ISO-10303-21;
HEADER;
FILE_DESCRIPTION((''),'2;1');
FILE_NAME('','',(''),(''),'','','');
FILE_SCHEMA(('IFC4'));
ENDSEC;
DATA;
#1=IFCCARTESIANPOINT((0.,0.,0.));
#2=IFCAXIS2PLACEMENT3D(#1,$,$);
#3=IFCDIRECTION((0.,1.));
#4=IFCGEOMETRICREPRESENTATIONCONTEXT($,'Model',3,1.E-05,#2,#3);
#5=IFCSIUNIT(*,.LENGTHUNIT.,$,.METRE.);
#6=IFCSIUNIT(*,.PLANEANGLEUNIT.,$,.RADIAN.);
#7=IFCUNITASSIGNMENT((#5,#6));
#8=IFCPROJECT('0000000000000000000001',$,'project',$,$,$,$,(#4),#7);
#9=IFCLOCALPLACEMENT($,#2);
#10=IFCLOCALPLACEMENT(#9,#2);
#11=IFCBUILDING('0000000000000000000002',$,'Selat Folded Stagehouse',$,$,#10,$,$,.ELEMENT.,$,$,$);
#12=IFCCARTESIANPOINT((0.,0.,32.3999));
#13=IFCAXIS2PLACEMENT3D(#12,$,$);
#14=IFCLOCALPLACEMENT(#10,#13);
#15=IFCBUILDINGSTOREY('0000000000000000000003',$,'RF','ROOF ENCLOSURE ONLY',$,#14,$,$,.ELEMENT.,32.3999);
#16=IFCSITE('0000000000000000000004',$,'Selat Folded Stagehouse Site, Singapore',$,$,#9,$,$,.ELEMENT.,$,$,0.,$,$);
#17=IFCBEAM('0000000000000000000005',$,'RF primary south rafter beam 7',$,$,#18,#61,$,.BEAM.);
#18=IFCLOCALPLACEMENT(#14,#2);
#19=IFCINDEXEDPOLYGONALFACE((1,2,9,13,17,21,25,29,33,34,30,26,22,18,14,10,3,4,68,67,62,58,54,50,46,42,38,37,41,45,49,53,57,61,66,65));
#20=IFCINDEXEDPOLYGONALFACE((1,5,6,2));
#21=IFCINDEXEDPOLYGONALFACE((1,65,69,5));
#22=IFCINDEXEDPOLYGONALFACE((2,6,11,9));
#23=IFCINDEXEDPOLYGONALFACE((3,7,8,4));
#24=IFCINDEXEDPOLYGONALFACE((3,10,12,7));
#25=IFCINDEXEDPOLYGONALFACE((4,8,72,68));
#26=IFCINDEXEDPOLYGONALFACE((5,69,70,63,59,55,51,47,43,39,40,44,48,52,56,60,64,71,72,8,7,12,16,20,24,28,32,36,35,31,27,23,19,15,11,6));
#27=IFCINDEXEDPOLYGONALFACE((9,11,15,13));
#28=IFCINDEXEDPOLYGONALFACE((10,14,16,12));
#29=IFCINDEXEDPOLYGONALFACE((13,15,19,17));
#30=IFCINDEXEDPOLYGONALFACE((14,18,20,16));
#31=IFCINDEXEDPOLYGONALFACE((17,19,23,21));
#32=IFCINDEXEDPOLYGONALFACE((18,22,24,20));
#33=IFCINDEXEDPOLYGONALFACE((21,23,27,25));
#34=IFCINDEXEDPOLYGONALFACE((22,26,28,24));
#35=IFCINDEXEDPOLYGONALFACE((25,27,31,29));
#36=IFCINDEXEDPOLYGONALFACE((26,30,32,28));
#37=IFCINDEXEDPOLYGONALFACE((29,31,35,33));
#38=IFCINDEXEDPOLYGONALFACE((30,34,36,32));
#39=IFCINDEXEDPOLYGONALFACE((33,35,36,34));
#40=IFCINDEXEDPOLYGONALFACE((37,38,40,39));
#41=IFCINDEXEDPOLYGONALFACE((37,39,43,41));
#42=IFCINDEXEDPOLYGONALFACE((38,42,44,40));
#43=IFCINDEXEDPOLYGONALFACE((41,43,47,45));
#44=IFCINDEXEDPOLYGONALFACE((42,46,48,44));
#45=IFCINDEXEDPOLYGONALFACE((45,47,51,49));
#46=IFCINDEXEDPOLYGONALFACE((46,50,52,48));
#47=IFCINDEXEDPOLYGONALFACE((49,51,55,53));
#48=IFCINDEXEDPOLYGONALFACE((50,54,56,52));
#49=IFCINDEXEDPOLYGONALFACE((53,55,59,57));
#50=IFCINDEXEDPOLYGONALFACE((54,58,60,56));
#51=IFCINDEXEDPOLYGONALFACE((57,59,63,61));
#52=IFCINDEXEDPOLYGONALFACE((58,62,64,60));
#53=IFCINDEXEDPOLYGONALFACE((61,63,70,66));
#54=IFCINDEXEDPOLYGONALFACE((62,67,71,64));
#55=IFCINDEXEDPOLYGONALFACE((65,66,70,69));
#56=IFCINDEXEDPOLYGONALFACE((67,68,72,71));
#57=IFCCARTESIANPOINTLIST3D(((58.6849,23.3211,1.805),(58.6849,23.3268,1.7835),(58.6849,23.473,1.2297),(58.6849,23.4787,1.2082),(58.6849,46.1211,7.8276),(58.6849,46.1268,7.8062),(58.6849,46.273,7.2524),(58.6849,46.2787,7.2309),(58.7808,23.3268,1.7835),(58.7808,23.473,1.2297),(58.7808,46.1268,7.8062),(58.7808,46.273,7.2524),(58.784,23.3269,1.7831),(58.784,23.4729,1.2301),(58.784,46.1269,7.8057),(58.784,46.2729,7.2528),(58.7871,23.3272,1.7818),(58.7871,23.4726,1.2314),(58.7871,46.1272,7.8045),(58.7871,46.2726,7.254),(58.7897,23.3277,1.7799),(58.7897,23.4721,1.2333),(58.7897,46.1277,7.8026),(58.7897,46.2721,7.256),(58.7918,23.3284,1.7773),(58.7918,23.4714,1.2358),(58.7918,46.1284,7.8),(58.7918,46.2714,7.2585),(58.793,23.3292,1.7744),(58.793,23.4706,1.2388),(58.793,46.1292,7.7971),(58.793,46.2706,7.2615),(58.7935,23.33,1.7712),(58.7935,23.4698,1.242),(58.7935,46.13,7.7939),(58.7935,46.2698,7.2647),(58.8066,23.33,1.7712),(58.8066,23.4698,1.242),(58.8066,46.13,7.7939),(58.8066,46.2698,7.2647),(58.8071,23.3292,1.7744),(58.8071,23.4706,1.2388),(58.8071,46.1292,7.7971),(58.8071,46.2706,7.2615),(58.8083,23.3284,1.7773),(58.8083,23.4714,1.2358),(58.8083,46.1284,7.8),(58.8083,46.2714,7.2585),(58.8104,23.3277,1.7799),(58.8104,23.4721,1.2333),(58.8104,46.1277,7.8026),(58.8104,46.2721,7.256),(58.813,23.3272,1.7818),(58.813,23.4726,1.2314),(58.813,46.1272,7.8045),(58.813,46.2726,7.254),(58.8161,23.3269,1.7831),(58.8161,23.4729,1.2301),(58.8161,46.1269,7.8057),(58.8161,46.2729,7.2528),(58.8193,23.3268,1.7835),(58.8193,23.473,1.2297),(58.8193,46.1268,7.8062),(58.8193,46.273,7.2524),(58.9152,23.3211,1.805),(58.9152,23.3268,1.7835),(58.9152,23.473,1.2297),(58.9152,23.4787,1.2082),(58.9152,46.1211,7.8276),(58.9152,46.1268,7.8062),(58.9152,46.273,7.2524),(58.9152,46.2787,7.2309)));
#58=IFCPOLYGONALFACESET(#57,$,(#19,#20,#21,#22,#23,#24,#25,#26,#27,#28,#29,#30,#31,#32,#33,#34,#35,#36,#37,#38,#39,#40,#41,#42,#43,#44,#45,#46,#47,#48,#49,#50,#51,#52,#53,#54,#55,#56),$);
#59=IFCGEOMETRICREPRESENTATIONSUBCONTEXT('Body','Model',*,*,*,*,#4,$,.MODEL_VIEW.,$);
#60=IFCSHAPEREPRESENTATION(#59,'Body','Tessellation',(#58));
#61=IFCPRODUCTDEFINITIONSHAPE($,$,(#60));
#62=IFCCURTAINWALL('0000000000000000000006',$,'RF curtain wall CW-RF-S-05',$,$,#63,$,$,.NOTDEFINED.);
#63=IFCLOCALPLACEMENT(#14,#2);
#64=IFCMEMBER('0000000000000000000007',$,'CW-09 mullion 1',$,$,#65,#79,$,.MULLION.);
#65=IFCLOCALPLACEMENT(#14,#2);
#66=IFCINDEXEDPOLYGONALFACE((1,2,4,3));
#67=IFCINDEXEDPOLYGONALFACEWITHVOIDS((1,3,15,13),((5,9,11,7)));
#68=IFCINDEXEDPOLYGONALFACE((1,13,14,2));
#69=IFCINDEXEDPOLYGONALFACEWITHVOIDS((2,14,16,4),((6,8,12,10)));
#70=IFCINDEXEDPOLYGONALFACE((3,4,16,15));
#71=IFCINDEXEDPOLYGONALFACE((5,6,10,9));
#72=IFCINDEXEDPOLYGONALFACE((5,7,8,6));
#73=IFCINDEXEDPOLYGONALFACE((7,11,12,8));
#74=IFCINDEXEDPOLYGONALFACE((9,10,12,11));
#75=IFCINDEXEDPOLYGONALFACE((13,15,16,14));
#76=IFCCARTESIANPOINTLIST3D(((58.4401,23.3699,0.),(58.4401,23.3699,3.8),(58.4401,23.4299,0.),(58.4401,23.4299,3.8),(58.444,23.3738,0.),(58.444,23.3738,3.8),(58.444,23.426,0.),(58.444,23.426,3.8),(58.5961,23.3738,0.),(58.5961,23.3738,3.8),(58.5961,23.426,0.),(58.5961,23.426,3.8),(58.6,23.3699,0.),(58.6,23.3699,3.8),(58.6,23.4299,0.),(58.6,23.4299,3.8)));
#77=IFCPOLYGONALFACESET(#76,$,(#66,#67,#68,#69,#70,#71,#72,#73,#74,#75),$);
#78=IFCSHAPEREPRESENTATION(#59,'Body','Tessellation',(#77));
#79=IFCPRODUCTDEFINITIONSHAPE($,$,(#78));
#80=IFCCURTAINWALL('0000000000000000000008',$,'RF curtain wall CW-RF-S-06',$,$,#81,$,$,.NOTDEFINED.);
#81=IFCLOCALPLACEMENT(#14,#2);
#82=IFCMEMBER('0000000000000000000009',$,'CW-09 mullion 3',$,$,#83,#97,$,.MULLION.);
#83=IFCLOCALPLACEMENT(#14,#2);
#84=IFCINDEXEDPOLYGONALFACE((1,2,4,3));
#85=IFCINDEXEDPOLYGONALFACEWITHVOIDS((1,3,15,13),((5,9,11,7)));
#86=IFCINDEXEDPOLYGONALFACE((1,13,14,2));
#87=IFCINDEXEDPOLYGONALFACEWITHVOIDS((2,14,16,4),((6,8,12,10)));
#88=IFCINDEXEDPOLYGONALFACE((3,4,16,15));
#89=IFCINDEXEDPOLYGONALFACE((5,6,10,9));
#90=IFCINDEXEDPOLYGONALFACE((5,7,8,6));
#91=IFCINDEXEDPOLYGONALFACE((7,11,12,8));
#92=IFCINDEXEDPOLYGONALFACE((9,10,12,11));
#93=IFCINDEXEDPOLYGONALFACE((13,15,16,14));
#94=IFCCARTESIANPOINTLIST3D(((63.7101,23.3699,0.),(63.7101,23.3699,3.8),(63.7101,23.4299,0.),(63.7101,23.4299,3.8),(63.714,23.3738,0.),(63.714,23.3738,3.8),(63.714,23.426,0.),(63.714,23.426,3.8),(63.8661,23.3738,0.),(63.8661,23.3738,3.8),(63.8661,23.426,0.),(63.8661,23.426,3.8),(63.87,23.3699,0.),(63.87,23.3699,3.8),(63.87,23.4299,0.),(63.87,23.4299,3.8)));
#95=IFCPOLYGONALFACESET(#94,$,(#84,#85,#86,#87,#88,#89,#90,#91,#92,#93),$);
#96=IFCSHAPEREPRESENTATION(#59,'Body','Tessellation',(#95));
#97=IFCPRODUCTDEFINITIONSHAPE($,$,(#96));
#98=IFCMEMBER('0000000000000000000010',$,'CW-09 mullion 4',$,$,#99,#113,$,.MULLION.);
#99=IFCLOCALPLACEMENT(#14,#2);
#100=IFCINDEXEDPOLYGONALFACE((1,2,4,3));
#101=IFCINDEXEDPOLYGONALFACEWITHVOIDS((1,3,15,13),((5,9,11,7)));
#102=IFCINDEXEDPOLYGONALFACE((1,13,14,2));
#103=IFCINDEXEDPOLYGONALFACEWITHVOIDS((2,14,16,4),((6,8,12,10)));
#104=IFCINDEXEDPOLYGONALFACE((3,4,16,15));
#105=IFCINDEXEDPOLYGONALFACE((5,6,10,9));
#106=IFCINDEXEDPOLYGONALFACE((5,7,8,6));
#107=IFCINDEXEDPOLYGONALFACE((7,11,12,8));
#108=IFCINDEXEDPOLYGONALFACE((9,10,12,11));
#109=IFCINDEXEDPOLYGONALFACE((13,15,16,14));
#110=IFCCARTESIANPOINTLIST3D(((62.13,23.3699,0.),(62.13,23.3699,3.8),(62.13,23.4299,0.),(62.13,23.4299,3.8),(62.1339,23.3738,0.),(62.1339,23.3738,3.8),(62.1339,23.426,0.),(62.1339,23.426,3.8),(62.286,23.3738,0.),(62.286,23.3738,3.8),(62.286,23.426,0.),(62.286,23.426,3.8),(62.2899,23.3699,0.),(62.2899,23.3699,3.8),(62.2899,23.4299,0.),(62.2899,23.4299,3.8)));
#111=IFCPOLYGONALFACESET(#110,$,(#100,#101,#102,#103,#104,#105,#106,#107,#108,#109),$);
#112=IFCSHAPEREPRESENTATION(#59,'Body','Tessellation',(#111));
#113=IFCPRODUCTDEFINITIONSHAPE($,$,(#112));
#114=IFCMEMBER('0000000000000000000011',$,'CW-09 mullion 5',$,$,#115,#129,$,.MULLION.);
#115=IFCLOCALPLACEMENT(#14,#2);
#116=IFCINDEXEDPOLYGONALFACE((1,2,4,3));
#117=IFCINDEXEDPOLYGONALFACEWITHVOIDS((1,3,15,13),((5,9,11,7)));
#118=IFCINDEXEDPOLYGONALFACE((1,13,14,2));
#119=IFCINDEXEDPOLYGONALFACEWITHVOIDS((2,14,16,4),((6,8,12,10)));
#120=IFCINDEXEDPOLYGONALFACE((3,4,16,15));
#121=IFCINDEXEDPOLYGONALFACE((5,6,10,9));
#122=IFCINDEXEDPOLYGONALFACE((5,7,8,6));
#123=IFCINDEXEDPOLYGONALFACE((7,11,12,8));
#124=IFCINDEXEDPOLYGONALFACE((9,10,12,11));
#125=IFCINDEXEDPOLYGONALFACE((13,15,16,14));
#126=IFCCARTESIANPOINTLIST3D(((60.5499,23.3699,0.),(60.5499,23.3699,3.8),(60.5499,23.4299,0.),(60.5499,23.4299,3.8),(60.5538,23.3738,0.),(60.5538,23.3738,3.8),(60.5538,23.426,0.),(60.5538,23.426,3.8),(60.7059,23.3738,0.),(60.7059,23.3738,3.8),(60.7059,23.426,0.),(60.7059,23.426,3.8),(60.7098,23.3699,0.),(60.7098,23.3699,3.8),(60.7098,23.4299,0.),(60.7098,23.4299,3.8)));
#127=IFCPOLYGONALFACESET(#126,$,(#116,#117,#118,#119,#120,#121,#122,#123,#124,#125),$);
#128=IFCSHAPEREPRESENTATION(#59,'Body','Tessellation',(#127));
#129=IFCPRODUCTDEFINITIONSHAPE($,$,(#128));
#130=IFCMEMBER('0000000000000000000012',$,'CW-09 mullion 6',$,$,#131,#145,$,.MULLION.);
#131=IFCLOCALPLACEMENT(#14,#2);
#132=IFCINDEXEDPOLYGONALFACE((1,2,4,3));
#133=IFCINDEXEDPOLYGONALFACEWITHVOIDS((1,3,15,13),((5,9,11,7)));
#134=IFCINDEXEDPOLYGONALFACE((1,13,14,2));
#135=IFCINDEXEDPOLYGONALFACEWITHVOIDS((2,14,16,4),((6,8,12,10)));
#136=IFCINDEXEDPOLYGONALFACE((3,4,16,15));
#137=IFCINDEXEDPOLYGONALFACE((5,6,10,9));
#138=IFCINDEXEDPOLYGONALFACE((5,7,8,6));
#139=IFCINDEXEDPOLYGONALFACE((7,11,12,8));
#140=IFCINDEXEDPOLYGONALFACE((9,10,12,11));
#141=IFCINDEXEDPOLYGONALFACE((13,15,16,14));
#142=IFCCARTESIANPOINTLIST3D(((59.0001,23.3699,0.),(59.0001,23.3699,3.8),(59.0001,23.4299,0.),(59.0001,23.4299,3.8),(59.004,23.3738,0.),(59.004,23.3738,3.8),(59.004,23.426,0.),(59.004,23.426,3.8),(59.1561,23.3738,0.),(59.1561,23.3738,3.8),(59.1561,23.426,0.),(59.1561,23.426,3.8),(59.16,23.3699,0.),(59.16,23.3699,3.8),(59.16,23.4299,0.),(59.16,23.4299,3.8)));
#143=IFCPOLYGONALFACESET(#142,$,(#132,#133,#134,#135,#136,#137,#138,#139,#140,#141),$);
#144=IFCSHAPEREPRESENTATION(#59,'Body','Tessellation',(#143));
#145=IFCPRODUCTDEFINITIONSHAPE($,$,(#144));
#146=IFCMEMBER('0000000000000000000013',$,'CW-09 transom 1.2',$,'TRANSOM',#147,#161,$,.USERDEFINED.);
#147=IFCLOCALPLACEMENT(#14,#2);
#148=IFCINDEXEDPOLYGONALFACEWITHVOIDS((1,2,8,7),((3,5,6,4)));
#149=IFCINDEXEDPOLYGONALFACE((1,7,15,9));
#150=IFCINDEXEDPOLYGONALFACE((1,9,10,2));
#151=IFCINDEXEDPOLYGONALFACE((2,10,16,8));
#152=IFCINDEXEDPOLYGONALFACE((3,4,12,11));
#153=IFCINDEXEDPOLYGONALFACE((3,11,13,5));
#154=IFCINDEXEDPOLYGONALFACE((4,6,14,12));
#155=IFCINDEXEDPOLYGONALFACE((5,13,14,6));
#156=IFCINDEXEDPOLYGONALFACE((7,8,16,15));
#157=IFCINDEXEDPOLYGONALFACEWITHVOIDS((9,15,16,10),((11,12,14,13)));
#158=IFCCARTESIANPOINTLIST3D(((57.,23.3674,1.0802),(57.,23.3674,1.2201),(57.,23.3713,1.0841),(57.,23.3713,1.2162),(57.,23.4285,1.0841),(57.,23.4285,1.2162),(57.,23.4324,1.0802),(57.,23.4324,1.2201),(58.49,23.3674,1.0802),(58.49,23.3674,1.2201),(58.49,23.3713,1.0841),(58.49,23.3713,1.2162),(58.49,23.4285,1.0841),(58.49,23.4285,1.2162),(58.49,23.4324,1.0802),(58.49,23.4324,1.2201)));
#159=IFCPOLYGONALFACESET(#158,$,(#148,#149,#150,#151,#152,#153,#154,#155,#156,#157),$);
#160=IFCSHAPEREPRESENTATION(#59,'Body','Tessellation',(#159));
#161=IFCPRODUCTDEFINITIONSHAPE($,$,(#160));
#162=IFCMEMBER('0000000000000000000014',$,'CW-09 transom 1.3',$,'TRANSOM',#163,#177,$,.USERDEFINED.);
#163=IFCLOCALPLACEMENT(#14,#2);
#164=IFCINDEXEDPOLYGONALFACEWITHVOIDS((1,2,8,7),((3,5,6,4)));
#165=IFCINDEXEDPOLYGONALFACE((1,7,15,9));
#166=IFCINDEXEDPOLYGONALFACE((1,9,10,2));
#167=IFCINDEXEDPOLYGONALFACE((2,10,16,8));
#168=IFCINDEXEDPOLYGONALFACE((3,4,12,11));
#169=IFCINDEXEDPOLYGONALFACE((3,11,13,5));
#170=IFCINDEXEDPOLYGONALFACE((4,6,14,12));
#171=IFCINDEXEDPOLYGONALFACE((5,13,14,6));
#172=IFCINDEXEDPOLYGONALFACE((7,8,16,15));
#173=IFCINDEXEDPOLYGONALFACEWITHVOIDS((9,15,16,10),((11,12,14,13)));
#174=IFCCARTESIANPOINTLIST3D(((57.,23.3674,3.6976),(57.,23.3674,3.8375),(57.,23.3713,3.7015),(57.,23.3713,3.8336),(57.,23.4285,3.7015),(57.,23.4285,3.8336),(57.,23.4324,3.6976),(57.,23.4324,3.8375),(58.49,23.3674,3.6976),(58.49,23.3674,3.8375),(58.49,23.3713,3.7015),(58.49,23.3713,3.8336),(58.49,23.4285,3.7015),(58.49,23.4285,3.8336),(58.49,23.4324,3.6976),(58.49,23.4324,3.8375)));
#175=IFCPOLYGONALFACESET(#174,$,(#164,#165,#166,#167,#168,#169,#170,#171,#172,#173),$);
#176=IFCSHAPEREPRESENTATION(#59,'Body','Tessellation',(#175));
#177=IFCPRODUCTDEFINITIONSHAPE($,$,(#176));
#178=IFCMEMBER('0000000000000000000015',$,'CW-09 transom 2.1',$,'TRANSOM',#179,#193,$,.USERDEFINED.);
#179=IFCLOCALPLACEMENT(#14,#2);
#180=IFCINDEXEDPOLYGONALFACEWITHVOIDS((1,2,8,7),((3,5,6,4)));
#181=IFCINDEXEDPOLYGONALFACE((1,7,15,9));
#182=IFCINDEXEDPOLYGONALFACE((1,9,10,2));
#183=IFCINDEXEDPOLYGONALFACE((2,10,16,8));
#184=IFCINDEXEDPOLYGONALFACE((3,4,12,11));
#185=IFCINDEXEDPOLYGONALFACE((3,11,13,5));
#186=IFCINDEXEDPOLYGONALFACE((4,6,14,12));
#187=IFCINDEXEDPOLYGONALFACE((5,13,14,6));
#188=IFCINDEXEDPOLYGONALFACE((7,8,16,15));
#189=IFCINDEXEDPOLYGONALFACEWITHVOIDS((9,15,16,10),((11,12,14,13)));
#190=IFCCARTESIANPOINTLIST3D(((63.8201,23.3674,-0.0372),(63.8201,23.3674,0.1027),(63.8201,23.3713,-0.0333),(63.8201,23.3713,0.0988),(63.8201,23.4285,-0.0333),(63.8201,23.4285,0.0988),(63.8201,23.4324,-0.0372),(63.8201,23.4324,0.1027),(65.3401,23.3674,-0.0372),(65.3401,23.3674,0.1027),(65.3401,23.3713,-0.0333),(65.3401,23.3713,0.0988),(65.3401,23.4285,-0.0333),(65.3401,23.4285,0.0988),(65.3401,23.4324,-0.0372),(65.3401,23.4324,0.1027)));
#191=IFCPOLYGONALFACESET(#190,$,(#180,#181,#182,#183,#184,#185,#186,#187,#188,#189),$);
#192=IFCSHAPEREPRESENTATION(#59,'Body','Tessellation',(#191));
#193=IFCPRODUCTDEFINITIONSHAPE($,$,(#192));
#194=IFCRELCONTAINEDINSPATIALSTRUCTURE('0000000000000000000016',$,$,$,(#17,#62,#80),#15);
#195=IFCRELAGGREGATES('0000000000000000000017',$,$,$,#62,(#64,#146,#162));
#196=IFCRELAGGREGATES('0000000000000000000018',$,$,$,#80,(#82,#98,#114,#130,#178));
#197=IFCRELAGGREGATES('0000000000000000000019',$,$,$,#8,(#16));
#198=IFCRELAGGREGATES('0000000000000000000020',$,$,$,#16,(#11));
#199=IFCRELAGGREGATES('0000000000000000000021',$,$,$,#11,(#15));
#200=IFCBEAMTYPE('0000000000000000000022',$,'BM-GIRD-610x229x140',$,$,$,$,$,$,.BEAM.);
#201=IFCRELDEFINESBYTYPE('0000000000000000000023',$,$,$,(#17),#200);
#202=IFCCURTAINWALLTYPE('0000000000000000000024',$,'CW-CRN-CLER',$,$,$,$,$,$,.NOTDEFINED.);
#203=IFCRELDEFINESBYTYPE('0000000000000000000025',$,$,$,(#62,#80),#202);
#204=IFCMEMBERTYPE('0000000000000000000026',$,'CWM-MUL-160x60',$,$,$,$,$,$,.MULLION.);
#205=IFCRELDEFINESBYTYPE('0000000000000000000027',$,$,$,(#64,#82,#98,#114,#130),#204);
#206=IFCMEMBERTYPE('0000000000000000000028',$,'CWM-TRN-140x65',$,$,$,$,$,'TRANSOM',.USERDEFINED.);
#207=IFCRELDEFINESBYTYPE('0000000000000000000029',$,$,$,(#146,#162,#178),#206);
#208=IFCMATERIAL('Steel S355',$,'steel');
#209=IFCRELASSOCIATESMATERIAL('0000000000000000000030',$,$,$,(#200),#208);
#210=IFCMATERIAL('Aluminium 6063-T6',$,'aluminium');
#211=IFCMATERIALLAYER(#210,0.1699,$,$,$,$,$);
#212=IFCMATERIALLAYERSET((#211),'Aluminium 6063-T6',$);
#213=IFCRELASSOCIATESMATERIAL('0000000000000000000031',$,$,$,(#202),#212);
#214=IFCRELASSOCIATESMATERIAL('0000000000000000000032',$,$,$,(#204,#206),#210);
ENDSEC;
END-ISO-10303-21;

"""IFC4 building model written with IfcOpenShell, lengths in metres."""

from ifc_helpers import new_model, si_unit, direction, frame, origin, origin_2d, place, context, subcontext, project, spatial, hollow_rectangle, i_section, extrude, material, layer, layer_set, material_profile, profile_set, type_object, element, aggregate, save


model = new_model("IFC4")

# Units and contexts
model_context = context("Model", 3, precision=1e-05, world=origin(), true_north=direction((0.0, 1.0)))
body_context = subcontext(model_context, "Body", "Model", "MODEL_VIEW")
ifc_project = project(units=[si_unit("LENGTHUNIT", "METRE"), si_unit("PLANEANGLEUNIT", "RADIAN")], contexts=[model_context])

# Site, building, storey
site_placement = place(None, origin())
site = spatial("IfcSite", under=ifc_project, at=site_placement, Name="Selat Folded Stagehouse Site, Singapore", CompositionType="ELEMENT", RefElevation=0.0)
building_placement = place(site_placement, origin())
building = spatial("IfcBuilding", under=site, at=building_placement, Name="Selat Folded Stagehouse", CompositionType="ELEMENT")
storey_placement = place(building_placement, frame((0.0, 0.0, 32.3999)))
storey = spatial("IfcBuildingStorey", under=building, at=storey_placement, Name="RF", Description="ROOF ENCLOSURE ONLY", CompositionType="ELEMENT", Elevation=32.3999)

# Shared definitions
ifc_material_1 = material(Name="Steel S355", Category="steel")

# Beam
ifc_material_profile_1 = material_profile(ifc_material_1, i_section(OverallWidth=0.2302, OverallDepth=0.6172, WebThickness=0.0132, FlangeThickness=0.0222, FilletRadius=0.0127, at=origin_2d()), Name="UKB 610x229x140")
ifc_profile_set_1 = profile_set([ifc_material_profile_1], Name="Steel S355")
beam_type_1 = type_object("IfcBeamType", Name="BM-GIRD-610x229x140", PredefinedType="BEAM", material=ifc_profile_set_1)
beam_1_placement = place(storey_placement, frame((58.8, 23.3999, 1.5066), z_axis=(0.0, 0.966837, 0.255393), x_axis=(-1.0, 0.0, 0.0)))
element("IfcBeam", 1, at=beam_1_placement, inside=storey, type_object=beam_type_1, Name="RF primary south rafter beam 7", PredefinedType="BEAM", context=body_context, shape_type="SweptSolid", body=[
    extrude(i_section(OverallWidth=0.2302, OverallDepth=0.6172, WebThickness=0.0132, FlangeThickness=0.0222, FilletRadius=0.0127, at=origin_2d()), origin(), (0.0, 0.0, 1.0), 23.582),
])

# Curtain wall, member
ifc_material_2 = material(Name="Aluminium 6063-T6", Category="aluminium")
ifc_layer_1 = layer(ifc_material_2, 0.1699)
ifc_layer_set_1 = layer_set([ifc_layer_1], Name="Aluminium 6063-T6")
curtain_wall_type = type_object("IfcCurtainWallType", Name="CW-CRN-CLER", PredefinedType="NOTDEFINED", material=ifc_layer_set_1)
curtain_wall_1_placement = place(storey_placement, origin())
curtain_wall_1 = element("IfcCurtainWall", 2, at=curtain_wall_1_placement, inside=storey, type_object=curtain_wall_type, Name="RF curtain wall CW-RF-S-05", PredefinedType="NOTDEFINED")
ifc_material_profile_2 = material_profile(ifc_material_2, hollow_rectangle(XDim=0.0601, YDim=0.1599, WallThickness=0.0039, at=origin_2d()), Name="ALU 160x60x4.0")
ifc_profile_set_2 = profile_set([ifc_material_profile_2], Name="Aluminium 6063-T6")
member_type_1 = type_object("IfcMemberType", Name="CWM-MUL-160x60", PredefinedType="MULLION", material=ifc_profile_set_2)
member_1_placement = place(storey_placement, frame((58.52, 23.3999, 0.0), z_axis=(0.0, 0.0, 1.0), x_axis=(0.0, -1.0, 0.0)))
member_1 = element("IfcMember", 3, at=member_1_placement, type_object=member_type_1, Name="CW-09 mullion 1", PredefinedType="MULLION", context=body_context, shape_type="SweptSolid", body=[
    extrude(hollow_rectangle(XDim=0.0601, YDim=0.1599, WallThickness=0.0039, at=origin_2d()), origin(), (0.0, 0.0, 1.0), 3.8),
])

# Curtain wall, members
curtain_wall_2_placement = place(storey_placement, origin())
curtain_wall_2 = element("IfcCurtainWall", 4, at=curtain_wall_2_placement, inside=storey, type_object=curtain_wall_type, Name="RF curtain wall CW-RF-S-06", PredefinedType="NOTDEFINED")
member_2_placement = place(storey_placement, frame((63.79, 23.3999, 0.0), z_axis=(0.0, 0.0, 1.0), x_axis=(0.0, -1.0, 0.0)))
member_2 = element("IfcMember", 5, at=member_2_placement, type_object=member_type_1, Name="CW-09 mullion 3", PredefinedType="MULLION", context=body_context, shape_type="SweptSolid", body=[
    extrude(hollow_rectangle(XDim=0.0601, YDim=0.1599, WallThickness=0.0039, at=origin_2d()), origin(), (0.0, 0.0, 1.0), 3.8),
])
member_3_placement = place(storey_placement, frame((62.21, 23.3999, 0.0), z_axis=(0.0, 0.0, 1.0), x_axis=(0.0, -1.0, 0.0)))
member_3 = element("IfcMember", 6, at=member_3_placement, type_object=member_type_1, Name="CW-09 mullion 4", PredefinedType="MULLION", context=body_context, shape_type="SweptSolid", body=[
    extrude(hollow_rectangle(XDim=0.0601, YDim=0.1599, WallThickness=0.0039, at=origin_2d()), origin(), (0.0, 0.0, 1.0), 3.8),
])
member_4_placement = place(storey_placement, frame((60.6299, 23.3999, 0.0), z_axis=(0.0, 0.0, 1.0), x_axis=(0.0, -1.0, 0.0)))
member_4 = element("IfcMember", 7, at=member_4_placement, type_object=member_type_1, Name="CW-09 mullion 5", PredefinedType="MULLION", context=body_context, shape_type="SweptSolid", body=[
    extrude(hollow_rectangle(XDim=0.0601, YDim=0.1599, WallThickness=0.0039, at=origin_2d()), origin(), (0.0, 0.0, 1.0), 3.8),
])
member_5_placement = place(storey_placement, frame((59.0801, 23.3999, 0.0), z_axis=(0.0, 0.0, 1.0), x_axis=(0.0, -1.0, 0.0)))
member_5 = element("IfcMember", 8, at=member_5_placement, type_object=member_type_1, Name="CW-09 mullion 6", PredefinedType="MULLION", context=body_context, shape_type="SweptSolid", body=[
    extrude(hollow_rectangle(XDim=0.0601, YDim=0.1599, WallThickness=0.0039, at=origin_2d()), origin(), (0.0, 0.0, 1.0), 3.8),
])

# Members
ifc_material_profile_3 = material_profile(ifc_material_2, hollow_rectangle(XDim=0.0649, YDim=0.1399, WallThickness=0.0039, at=origin_2d()), Name="ALU 140x65x4.0")
ifc_profile_set_3 = profile_set([ifc_material_profile_3], Name="Aluminium 6063-T6")
member_type_2 = type_object("IfcMemberType", Name="CWM-TRN-140x65", ElementType="TRANSOM", PredefinedType="USERDEFINED", material=ifc_profile_set_3)
member_6_placement = place(storey_placement, frame((58.49, 23.3999, 1.1501), z_axis=(-1.0, 0.0, 0.0), x_axis=(0.0, -1.0, 0.0)))
member_6 = element("IfcMember", 9, at=member_6_placement, type_object=member_type_2, Name="CW-09 transom 1.2", ObjectType="TRANSOM", PredefinedType="USERDEFINED", context=body_context, shape_type="SweptSolid", body=[
    extrude(hollow_rectangle(XDim=0.0649, YDim=0.1399, WallThickness=0.0039, at=origin_2d()), origin(), (0.0, 0.0, 1.0), 1.49),
])
member_7_placement = place(storey_placement, frame((58.49, 23.3999, 3.7676), z_axis=(-1.0, 0.0, 0.0), x_axis=(0.0, -1.0, 0.0)))
member_7 = element("IfcMember", 10, at=member_7_placement, type_object=member_type_2, Name="CW-09 transom 1.3", ObjectType="TRANSOM", PredefinedType="USERDEFINED", context=body_context, shape_type="SweptSolid", body=[
    extrude(hollow_rectangle(XDim=0.0649, YDim=0.1399, WallThickness=0.0039, at=origin_2d()), origin(), (0.0, 0.0, 1.0), 1.49),
])
aggregate(curtain_wall_1, [member_1, member_6, member_7])
member_8_placement = place(storey_placement, frame((65.3401, 23.3999, 0.0327), z_axis=(-1.0, 0.0, 0.0), x_axis=(0.0, -1.0, 0.0)))
member_8 = element("IfcMember", 11, at=member_8_placement, type_object=member_type_2, Name="CW-09 transom 2.1", ObjectType="TRANSOM", PredefinedType="USERDEFINED", context=body_context, shape_type="SweptSolid", body=[
    extrude(hollow_rectangle(XDim=0.0649, YDim=0.1399, WallThickness=0.0039, at=origin_2d()), origin(), (0.0, 0.0, 1.0), 1.52),
])

aggregate(curtain_wall_2, [member_2, member_3, member_4, member_5, member_8])

save(model, "model.ifc")
